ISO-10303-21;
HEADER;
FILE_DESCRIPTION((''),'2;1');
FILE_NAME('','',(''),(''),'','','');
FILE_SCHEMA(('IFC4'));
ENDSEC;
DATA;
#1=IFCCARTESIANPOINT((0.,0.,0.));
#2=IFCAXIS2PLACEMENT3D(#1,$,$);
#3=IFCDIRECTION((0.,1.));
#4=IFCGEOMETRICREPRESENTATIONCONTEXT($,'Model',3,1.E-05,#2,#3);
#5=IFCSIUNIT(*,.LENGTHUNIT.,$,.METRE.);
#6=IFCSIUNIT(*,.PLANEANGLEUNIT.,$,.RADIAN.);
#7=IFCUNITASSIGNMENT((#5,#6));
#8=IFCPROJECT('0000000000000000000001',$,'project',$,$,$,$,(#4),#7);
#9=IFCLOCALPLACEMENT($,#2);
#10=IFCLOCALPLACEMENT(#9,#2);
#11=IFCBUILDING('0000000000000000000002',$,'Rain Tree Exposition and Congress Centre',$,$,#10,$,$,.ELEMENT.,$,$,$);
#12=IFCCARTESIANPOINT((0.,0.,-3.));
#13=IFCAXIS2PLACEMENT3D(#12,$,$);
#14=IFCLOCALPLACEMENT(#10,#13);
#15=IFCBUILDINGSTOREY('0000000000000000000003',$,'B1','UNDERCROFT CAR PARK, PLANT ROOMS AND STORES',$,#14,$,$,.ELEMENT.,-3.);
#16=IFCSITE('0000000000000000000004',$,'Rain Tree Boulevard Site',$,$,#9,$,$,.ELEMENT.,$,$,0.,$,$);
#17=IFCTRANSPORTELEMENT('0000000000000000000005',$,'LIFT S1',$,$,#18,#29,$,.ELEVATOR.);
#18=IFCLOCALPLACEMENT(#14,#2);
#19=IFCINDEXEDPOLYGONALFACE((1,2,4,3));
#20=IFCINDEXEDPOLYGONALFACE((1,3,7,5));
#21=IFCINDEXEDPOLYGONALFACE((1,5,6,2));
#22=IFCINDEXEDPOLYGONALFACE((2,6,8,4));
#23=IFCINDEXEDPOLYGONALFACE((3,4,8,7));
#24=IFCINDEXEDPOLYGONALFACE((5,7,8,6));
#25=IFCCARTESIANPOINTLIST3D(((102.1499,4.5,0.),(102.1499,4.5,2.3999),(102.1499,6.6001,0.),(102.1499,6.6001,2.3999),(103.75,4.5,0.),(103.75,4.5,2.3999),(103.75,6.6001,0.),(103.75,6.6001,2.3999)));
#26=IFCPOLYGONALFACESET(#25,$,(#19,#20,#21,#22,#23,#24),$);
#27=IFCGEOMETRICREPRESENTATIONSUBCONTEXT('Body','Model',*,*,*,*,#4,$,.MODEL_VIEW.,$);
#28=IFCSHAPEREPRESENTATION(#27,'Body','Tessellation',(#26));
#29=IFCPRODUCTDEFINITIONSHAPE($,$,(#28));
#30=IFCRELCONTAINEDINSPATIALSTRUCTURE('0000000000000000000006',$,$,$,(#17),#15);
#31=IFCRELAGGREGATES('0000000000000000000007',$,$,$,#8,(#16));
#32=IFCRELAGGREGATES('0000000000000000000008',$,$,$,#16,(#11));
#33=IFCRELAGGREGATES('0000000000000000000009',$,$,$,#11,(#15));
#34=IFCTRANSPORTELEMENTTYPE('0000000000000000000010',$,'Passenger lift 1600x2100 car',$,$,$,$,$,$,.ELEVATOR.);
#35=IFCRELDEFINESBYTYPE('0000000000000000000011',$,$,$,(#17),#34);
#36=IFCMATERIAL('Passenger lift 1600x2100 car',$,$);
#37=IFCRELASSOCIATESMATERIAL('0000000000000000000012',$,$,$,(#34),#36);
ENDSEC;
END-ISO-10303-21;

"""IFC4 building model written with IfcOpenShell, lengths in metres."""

from ifc_helpers import new_model, si_unit, direction, frame, origin, origin_2d, place, context, subcontext, project, spatial, rectangle, extrude, material, type_object, element, save


model = new_model("IFC4")

# Units and contexts
model_context = context("Model", 3, precision=1e-05, world=origin(), true_north=direction((0.0, 1.0)))
body_context = subcontext(model_context, "Body", "Model", "MODEL_VIEW")
ifc_project = project(units=[si_unit("LENGTHUNIT", "METRE"), si_unit("PLANEANGLEUNIT", "RADIAN")], contexts=[model_context])

# Site, building, storey
site_placement = place(None, origin())
site = spatial("IfcSite", under=ifc_project, at=site_placement, Name="Rain Tree Boulevard Site", CompositionType="ELEMENT", RefElevation=0.0)
building_placement = place(site_placement, origin())
building = spatial("IfcBuilding", under=site, at=building_placement, Name="Rain Tree Exposition and Congress Centre", CompositionType="ELEMENT")
storey_placement = place(building_placement, frame((0.0, 0.0, -3.0)))
storey = spatial("IfcBuildingStorey", under=building, at=storey_placement, Name="B1", Description="UNDERCROFT CAR PARK, PLANT ROOMS AND STORES", CompositionType="ELEMENT", Elevation=-3.0)

# Transport element
ifc_material_1 = material(Name="Passenger lift 1600x2100 car")
transport_element_type = type_object("IfcTransportElementType", Name="Passenger lift 1600x2100 car", PredefinedType="ELEVATOR", material=ifc_material_1)
transport_element_placement = place(storey_placement, frame((102.95, 5.55, 0.0), z_axis=(0.0, 0.0, 1.0), x_axis=(1.0, 0.0, 0.0)))
element("IfcTransportElement", 1, at=transport_element_placement, inside=storey, type_object=transport_element_type, Name="LIFT S1", PredefinedType="ELEVATOR", context=body_context, shape_type="SweptSolid", body=[
    extrude(rectangle(XDim=1.6001, YDim=2.1001, at=origin_2d()), origin(), (0.0, 0.0, 1.0), 2.3999),
])

save(model, "model.ifc")
